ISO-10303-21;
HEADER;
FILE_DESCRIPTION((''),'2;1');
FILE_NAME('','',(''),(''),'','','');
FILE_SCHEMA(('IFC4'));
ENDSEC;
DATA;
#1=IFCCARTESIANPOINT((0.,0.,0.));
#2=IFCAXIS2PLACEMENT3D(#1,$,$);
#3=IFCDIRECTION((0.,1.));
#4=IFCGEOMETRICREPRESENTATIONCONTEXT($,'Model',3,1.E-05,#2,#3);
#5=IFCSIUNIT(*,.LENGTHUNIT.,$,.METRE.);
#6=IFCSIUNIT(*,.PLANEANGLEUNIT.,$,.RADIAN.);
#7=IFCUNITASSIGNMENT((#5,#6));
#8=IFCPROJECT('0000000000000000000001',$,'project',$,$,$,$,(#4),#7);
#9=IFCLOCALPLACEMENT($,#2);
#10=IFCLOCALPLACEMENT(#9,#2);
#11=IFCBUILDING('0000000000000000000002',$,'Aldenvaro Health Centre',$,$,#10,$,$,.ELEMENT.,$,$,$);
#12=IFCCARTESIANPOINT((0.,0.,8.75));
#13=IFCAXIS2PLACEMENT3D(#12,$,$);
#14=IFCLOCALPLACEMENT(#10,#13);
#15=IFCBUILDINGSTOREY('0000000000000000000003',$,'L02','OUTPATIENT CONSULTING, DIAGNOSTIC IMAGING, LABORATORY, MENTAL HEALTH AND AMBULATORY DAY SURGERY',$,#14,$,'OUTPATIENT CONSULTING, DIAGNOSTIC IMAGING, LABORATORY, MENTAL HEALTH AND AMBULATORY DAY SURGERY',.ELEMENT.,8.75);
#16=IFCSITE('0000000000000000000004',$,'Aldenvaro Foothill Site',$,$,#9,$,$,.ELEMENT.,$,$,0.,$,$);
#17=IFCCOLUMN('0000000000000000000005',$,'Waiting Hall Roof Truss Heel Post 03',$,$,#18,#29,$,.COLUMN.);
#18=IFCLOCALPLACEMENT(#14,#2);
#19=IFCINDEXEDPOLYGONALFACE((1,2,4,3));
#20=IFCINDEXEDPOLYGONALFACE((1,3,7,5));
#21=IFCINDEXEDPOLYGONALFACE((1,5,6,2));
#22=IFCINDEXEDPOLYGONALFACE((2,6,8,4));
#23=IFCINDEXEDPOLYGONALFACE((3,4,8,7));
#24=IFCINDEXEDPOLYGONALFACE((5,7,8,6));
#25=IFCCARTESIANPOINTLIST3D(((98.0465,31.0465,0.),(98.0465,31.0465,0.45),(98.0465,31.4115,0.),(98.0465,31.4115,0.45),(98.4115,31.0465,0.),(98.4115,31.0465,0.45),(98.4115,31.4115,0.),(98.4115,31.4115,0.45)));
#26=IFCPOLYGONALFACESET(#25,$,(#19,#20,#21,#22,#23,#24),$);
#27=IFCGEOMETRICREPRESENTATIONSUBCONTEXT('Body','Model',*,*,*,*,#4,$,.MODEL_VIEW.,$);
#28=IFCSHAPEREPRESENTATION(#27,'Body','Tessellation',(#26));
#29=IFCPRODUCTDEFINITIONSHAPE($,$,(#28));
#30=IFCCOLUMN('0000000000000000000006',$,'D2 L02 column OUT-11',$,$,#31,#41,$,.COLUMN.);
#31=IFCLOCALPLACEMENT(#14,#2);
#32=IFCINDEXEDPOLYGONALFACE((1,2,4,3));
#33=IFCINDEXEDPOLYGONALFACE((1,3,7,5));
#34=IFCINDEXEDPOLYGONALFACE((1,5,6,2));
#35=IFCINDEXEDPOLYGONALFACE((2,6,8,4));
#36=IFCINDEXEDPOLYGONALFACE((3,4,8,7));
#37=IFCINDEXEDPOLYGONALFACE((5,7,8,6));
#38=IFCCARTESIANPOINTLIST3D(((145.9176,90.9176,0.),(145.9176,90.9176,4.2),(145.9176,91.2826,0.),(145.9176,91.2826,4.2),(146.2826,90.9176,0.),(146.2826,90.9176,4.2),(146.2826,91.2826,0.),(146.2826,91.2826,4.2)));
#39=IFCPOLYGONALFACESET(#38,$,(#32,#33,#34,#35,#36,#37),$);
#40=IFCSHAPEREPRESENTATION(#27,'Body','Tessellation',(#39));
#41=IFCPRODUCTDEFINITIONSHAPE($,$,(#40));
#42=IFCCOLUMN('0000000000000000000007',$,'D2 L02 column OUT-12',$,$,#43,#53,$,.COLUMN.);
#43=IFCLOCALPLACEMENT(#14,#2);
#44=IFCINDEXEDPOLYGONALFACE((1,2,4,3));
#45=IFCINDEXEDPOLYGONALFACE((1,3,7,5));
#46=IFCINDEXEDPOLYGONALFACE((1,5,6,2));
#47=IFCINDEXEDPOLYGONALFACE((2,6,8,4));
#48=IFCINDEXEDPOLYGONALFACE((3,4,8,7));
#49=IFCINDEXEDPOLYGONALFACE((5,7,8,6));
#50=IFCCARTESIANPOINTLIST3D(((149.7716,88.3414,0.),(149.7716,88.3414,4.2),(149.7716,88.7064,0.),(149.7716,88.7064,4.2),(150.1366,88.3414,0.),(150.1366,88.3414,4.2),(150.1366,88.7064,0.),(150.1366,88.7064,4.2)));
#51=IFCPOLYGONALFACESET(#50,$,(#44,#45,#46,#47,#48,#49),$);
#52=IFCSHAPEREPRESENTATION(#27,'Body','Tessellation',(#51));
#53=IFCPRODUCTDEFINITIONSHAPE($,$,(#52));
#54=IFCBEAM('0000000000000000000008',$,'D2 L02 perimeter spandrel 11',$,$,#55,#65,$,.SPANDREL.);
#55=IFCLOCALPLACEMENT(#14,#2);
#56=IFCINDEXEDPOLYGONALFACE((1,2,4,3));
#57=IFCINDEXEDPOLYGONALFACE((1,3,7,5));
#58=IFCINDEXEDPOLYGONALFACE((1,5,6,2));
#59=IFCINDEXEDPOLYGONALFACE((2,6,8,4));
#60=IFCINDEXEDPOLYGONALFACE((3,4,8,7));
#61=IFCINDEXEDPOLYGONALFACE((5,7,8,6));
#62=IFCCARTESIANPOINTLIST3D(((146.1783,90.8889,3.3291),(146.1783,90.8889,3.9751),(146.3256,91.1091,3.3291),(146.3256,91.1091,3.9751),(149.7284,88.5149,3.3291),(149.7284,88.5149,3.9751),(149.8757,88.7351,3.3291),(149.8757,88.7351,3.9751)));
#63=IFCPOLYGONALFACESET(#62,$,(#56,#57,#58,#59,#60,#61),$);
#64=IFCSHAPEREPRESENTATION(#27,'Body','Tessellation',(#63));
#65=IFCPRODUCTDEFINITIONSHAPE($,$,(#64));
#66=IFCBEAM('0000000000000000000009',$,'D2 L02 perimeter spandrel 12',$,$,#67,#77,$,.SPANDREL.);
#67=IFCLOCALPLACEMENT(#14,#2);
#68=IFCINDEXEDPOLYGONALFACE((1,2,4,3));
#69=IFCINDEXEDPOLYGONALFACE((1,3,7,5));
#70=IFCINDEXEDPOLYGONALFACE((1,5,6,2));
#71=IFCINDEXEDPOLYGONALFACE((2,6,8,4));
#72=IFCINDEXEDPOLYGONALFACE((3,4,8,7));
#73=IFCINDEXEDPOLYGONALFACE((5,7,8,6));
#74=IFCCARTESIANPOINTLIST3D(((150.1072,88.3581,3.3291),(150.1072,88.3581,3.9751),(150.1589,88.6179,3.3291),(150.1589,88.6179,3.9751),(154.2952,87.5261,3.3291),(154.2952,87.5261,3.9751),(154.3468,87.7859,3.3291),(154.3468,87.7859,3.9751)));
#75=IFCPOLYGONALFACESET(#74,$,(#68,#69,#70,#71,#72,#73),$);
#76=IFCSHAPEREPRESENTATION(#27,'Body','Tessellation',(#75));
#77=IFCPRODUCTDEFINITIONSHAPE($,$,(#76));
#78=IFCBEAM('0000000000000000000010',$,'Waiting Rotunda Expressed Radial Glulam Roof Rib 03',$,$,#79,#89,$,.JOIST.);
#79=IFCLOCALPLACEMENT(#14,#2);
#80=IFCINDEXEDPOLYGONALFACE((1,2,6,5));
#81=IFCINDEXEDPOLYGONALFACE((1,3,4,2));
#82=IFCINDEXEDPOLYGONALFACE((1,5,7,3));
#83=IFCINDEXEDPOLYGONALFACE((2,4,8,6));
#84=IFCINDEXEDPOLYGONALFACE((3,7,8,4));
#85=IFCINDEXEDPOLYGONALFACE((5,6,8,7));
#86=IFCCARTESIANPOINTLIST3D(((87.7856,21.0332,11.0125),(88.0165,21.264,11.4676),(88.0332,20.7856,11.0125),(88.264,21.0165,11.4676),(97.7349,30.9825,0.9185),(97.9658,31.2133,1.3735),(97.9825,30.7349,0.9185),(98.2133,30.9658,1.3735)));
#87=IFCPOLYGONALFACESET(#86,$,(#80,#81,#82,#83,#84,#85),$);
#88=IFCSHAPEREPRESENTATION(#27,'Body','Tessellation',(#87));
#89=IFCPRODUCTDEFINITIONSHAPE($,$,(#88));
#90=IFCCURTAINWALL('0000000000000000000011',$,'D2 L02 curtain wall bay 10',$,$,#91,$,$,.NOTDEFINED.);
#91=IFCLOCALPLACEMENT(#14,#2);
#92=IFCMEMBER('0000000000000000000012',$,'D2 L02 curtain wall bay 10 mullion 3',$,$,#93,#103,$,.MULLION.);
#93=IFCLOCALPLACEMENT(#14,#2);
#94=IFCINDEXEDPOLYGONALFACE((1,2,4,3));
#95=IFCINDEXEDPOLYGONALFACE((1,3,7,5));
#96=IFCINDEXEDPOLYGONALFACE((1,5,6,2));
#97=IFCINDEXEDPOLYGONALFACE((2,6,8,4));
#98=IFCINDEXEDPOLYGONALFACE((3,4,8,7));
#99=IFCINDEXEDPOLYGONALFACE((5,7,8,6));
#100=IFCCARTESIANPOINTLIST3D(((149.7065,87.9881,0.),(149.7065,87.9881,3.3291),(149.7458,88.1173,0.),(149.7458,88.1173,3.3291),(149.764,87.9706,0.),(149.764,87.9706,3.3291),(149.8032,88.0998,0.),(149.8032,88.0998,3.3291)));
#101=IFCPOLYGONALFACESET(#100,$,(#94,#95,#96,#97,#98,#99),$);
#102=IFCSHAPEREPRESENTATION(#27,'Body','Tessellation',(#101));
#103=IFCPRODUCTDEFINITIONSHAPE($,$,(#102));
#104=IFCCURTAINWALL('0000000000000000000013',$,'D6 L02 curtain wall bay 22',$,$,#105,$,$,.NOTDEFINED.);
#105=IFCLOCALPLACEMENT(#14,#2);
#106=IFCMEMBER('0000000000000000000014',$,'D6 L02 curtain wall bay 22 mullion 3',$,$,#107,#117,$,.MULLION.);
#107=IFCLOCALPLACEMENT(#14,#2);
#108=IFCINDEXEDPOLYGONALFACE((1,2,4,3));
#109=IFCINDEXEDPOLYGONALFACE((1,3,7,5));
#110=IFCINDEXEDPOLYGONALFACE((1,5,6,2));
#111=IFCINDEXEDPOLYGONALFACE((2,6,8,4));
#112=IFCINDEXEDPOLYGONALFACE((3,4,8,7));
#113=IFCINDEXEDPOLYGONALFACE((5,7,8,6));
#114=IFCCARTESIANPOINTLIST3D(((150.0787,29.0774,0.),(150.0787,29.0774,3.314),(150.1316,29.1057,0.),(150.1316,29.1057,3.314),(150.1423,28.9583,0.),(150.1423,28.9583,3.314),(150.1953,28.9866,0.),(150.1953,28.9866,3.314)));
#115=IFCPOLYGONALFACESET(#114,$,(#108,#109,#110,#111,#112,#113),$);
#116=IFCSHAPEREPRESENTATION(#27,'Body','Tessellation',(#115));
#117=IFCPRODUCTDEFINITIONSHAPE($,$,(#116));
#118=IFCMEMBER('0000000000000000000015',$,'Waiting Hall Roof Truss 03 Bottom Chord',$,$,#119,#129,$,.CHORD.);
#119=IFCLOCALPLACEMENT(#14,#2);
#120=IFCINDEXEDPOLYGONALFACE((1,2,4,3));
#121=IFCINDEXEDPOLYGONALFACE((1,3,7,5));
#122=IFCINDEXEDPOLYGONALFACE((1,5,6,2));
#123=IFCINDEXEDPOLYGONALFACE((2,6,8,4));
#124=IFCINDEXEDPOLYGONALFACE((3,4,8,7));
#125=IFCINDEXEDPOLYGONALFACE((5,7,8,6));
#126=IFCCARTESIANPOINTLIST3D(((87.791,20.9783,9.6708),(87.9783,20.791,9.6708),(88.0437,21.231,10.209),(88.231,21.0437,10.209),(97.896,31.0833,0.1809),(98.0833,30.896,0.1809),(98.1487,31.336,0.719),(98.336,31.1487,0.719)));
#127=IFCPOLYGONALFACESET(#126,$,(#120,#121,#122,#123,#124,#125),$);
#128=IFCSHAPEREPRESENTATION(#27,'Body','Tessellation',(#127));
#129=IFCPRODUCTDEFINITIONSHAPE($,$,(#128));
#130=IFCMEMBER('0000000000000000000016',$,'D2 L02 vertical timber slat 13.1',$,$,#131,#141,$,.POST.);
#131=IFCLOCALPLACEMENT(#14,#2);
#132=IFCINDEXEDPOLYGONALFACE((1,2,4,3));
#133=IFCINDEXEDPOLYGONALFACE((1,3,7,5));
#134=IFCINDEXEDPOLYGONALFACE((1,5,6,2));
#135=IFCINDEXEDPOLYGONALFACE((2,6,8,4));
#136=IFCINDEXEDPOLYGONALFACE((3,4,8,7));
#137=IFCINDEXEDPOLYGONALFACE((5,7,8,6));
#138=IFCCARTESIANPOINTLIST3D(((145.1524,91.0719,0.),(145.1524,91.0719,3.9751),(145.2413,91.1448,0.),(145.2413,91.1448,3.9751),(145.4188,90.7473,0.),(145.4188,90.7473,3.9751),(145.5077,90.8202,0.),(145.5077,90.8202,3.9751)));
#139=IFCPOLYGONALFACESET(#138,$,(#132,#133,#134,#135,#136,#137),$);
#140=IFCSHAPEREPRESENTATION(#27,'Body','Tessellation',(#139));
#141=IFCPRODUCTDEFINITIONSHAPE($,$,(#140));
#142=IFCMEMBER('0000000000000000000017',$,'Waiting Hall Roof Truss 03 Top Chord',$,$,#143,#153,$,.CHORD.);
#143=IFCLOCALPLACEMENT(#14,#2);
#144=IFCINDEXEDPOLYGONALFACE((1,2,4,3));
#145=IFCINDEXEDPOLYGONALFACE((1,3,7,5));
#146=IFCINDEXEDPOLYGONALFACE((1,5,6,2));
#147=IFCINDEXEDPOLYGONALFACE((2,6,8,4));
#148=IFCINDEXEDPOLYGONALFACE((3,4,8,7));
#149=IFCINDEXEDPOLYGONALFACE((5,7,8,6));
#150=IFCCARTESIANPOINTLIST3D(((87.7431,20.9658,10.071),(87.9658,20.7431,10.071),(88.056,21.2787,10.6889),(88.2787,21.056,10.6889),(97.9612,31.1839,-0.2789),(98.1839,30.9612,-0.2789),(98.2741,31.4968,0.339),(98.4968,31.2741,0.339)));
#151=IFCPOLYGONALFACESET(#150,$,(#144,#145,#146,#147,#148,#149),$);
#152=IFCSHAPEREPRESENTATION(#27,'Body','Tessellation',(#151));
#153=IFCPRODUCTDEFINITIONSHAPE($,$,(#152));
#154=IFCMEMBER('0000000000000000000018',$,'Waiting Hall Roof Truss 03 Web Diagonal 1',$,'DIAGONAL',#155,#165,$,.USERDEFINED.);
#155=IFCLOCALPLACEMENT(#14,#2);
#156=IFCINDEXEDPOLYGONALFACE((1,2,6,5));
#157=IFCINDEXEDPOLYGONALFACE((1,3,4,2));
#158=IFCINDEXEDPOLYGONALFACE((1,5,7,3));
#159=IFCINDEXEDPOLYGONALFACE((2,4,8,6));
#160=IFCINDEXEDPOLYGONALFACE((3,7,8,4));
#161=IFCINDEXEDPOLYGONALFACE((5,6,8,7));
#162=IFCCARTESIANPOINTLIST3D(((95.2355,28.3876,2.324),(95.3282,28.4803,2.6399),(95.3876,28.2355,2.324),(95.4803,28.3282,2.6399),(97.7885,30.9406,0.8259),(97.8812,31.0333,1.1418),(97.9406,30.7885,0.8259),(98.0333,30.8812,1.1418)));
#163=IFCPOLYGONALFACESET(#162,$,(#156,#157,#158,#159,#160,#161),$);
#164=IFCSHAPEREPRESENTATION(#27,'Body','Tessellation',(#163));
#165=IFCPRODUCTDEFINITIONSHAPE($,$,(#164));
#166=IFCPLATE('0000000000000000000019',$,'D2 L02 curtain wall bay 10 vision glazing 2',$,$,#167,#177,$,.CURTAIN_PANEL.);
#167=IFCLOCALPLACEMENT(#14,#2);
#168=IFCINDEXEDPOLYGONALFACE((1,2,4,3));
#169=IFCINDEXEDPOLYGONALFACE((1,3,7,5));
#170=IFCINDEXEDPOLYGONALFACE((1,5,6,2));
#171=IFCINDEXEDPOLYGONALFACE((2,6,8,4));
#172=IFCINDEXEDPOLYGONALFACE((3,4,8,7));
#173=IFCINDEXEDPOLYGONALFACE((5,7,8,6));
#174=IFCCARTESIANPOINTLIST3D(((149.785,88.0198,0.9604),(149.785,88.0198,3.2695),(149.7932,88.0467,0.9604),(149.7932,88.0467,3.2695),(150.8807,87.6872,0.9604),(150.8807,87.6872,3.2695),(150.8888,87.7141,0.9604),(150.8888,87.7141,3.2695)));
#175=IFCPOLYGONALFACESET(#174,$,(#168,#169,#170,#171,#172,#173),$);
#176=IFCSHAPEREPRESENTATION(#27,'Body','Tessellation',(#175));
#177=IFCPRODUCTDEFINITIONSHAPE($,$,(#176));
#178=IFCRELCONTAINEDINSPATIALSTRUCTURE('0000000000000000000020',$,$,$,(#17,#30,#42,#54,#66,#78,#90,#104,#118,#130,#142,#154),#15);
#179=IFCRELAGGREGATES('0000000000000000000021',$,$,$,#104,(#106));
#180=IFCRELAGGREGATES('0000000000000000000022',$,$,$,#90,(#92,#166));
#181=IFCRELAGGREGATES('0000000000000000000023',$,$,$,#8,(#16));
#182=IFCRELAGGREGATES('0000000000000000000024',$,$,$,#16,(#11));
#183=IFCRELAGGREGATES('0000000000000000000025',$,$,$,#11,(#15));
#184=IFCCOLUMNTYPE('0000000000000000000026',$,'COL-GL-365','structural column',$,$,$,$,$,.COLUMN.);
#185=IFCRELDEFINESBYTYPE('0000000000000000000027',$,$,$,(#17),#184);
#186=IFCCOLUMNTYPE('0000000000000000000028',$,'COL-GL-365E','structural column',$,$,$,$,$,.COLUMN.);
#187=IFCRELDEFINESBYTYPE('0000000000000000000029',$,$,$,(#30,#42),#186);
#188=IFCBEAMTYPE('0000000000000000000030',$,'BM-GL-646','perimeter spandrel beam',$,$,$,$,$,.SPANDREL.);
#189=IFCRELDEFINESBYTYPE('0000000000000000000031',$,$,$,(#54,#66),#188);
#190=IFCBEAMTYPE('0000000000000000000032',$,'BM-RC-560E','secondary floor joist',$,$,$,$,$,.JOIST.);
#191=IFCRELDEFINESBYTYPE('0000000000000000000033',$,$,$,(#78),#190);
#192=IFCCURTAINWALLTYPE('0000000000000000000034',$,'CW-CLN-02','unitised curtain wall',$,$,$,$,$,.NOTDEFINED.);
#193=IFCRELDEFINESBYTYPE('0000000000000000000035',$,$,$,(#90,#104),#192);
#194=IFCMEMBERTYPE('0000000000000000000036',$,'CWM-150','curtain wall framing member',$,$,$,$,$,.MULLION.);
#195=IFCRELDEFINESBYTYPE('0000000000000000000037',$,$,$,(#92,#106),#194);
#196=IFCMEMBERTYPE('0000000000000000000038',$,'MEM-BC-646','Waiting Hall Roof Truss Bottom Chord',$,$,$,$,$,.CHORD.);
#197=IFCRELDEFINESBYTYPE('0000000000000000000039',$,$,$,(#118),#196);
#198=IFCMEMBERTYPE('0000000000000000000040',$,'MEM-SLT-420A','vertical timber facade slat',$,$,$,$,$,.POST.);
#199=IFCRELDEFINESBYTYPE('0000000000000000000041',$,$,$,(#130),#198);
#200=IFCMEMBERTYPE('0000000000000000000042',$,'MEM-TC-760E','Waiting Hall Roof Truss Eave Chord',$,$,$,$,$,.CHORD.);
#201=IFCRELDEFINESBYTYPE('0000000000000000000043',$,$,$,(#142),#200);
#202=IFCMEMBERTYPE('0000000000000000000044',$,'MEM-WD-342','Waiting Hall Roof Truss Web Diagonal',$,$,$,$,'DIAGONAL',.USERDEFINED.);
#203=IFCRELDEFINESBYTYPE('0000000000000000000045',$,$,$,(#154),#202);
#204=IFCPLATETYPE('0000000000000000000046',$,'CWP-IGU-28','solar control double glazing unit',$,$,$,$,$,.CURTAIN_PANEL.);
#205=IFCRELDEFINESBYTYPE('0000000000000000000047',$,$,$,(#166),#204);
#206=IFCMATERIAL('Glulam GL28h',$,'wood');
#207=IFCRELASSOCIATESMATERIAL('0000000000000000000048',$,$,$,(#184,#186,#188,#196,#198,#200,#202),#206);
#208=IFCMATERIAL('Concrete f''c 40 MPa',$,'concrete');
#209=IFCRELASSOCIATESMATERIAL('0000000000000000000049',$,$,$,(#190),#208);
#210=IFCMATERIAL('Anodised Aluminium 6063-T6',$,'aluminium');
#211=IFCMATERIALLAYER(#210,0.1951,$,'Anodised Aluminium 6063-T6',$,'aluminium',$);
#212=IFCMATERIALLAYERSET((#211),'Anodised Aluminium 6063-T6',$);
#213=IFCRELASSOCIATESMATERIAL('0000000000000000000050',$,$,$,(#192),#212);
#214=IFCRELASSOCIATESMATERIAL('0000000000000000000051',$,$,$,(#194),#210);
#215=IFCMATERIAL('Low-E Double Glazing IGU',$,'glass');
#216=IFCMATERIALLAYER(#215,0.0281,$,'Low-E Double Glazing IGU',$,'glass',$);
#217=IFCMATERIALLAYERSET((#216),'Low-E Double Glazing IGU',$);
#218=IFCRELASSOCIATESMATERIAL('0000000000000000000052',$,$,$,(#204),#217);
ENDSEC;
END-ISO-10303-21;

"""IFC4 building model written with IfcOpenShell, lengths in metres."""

from ifc_helpers import new_model, si_unit, direction, frame, origin, origin_2d, place, context, subcontext, project, spatial, rectangle, extrude, material, layer, layer_set, material_profile, profile_set, type_object, element, aggregate, save


model = new_model("IFC4")

# Units and contexts
model_context = context("Model", 3, precision=1e-05, world=origin(), true_north=direction((0.0, 1.0)))
body_context = subcontext(model_context, "Body", "Model", "MODEL_VIEW")
ifc_project = project(units=[si_unit("LENGTHUNIT", "METRE"), si_unit("PLANEANGLEUNIT", "RADIAN")], contexts=[model_context])

# Site, building, storey
site_placement = place(None, origin())
site = spatial("IfcSite", under=ifc_project, at=site_placement, Name="Aldenvaro Foothill Site", CompositionType="ELEMENT", RefElevation=0.0)
building_placement = place(site_placement, origin())
building = spatial("IfcBuilding", under=site, at=building_placement, Name="Aldenvaro Health Centre", CompositionType="ELEMENT")
storey_placement = place(building_placement, frame((0.0, 0.0, 8.75)))
storey = spatial("IfcBuildingStorey", under=building, at=storey_placement, Name="L02", Description="OUTPATIENT CONSULTING, DIAGNOSTIC IMAGING, LABORATORY, MENTAL HEALTH AND AMBULATORY DAY SURGERY", LongName="OUTPATIENT CONSULTING, DIAGNOSTIC IMAGING, LABORATORY, MENTAL HEALTH AND AMBULATORY DAY SURGERY", CompositionType="ELEMENT", Elevation=8.75)

# Columns
ifc_material_1 = material(Name="Glulam GL28h", Category="wood")
ifc_material_profile_1 = material_profile(ifc_material_1, rectangle(XDim=0.365, YDim=0.365, at=origin_2d()), Name="GL 365x365", Category="wood")
ifc_profile_set_1 = profile_set([ifc_material_profile_1], Name="Glulam GL28h")
column_type_1 = type_object("IfcColumnType", Name="COL-GL-365", Description="structural column", PredefinedType="COLUMN", material=ifc_profile_set_1)
column_placement = place(storey_placement, frame((98.229, 31.229, 0.0), z_axis=(0.0, 0.0, 1.0), x_axis=(1.0, 0.0, 0.0)))
element("IfcColumn", 1, at=column_placement, inside=storey, type_object=column_type_1, Name="Waiting Hall Roof Truss Heel Post 03", PredefinedType="COLUMN", context=body_context, shape_type="SweptSolid", body=[
    extrude(rectangle(XDim=0.365, YDim=0.365, at=origin_2d()), origin(), (0.0, 0.0, 1.0), 0.45),
])
ifc_material_profile_2 = material_profile(ifc_material_1, rectangle(XDim=0.365, YDim=0.365, at=origin_2d()), Name="GL 365x365", Category="wood")
ifc_profile_set_2 = profile_set([ifc_material_profile_2], Name="Glulam GL28h")
column_type_2 = type_object("IfcColumnType", Name="COL-GL-365E", Description="structural column", PredefinedType="COLUMN", material=ifc_profile_set_2)
for number, where, z_axis, x_axis, name in (
    (2, (146.1001, 91.1001, 0.0), (0.0, 0.0, 1.0), (1.0, 0.0, 0.0), "D2 L02 column OUT-11"),
    (3, (149.9541, 88.5239, 0.0), (0.0, 0.0, 1.0), (1.0, 0.0, 0.0), "D2 L02 column OUT-12"),
):
    element("IfcColumn", number, at=place(storey_placement, frame(where, z_axis=z_axis, x_axis=x_axis)), inside=storey, type_object=column_type_2, Name=name, PredefinedType="COLUMN", context=body_context, shape_type="SweptSolid", body=[
        extrude(rectangle(XDim=0.365, YDim=0.365, at=origin_2d()), origin(), (0.0, 0.0, 1.0), 4.2),
    ])

# Beams
ifc_material_profile_3 = material_profile(ifc_material_1, rectangle(XDim=0.2649, YDim=0.646, at=origin_2d()), Name="GL 265x646", Category="wood")
ifc_profile_set_3 = profile_set([ifc_material_profile_3], Name="Glulam GL28h")
beam_type_1 = type_object("IfcBeamType", Name="BM-GL-646", Description="perimeter spandrel beam", PredefinedType="SPANDREL", material=ifc_profile_set_3)
beam_1_placement = place(storey_placement, frame((146.252, 90.999, 3.6521), z_axis=(0.831258, -0.555887, 0.0), x_axis=(0.555887, 0.831258, 0.0)))
element("IfcBeam", 4, at=beam_1_placement, inside=storey, type_object=beam_type_1, Name="D2 L02 perimeter spandrel 11", PredefinedType="SPANDREL", context=body_context, shape_type="SweptSolid", body=[
    extrude(rectangle(XDim=0.2649, YDim=0.646, at=origin_2d()), origin(), (0.0, 0.0, 1.0), 4.2708),
])
beam_2_placement = place(storey_placement, frame((150.1331, 88.488, 3.6521), z_axis=(0.980831, -0.194862, 0.0), x_axis=(0.194862, 0.980831, 0.0)))
element("IfcBeam", 5, at=beam_2_placement, inside=storey, type_object=beam_type_1, Name="D2 L02 perimeter spandrel 12", PredefinedType="SPANDREL", context=body_context, shape_type="SweptSolid", body=[
    extrude(rectangle(XDim=0.2649, YDim=0.646, at=origin_2d()), origin(), (0.0, 0.0, 1.0), 4.2698),
])
ifc_material_2 = material(Name="Concrete f'c 40 MPa", Category="concrete")
ifc_material_profile_4 = material_profile(ifc_material_2, rectangle(XDim=0.3501, YDim=0.5601, at=origin_2d()), Name="RC 350x560", Category="concrete")
ifc_profile_set_4 = profile_set([ifc_material_profile_4], Name="Concrete f'c 40 MPa")
beam_type_2 = type_object("IfcBeamType", Name="BM-RC-560E", Description="secondary floor joist", PredefinedType="JOIST", material=ifc_profile_set_4)
beam_3_placement = place(storey_placement, frame((97.9741, 30.9741, 1.146), z_axis=(-0.57455, -0.57455, 0.582911), x_axis=(0.707107, -0.707107, 0.0)))
element("IfcBeam", 6, at=beam_3_placement, inside=storey, type_object=beam_type_2, Name="Waiting Rotunda Expressed Radial Glulam Roof Rib 03", PredefinedType="JOIST", context=body_context, shape_type="SweptSolid", body=[
    extrude(rectangle(XDim=0.3501, YDim=0.5601, at=origin_2d()), origin(), (0.0, 0.0, 1.0), 17.3167),
])

# Curtain walls, members
ifc_material_3 = material(Name="Anodised Aluminium 6063-T6", Category="aluminium")
ifc_layer_1 = layer(ifc_material_3, 0.1951, Name="Anodised Aluminium 6063-T6", Category="aluminium")
ifc_layer_set_1 = layer_set([ifc_layer_1], Name="Anodised Aluminium 6063-T6")
curtain_wall_type = type_object("IfcCurtainWallType", Name="CW-CLN-02", Description="unitised curtain wall", PredefinedType="NOTDEFINED", material=ifc_layer_set_1)
curtain_wall_1_placement = place(storey_placement, origin())
curtain_wall_1 = element("IfcCurtainWall", 7, at=curtain_wall_1_placement, inside=storey, type_object=curtain_wall_type, Name="D2 L02 curtain wall bay 10", PredefinedType="NOTDEFINED")
ifc_material_profile_5 = material_profile(ifc_material_3, rectangle(XDim=0.0601, YDim=0.135, at=origin_2d()), Name="ALU 60x135", Category="aluminium")
ifc_profile_set_5 = profile_set([ifc_material_profile_5], Name="Anodised Aluminium 6063-T6")
member_type_1 = type_object("IfcMemberType", Name="CWM-150", Description="curtain wall framing member", PredefinedType="MULLION", material=ifc_profile_set_5)
member_1_placement = place(storey_placement, frame((149.7549, 88.0439, 0.0), z_axis=(0.0, 0.0, 1.0), x_axis=(-0.956893, 0.290441, 0.0)))
member_1 = element("IfcMember", 8, at=member_1_placement, type_object=member_type_1, Name="D2 L02 curtain wall bay 10 mullion 3", PredefinedType="MULLION", context=body_context, shape_type="SweptSolid", body=[
    extrude(rectangle(XDim=0.0601, YDim=0.135, at=origin_2d()), origin(), (0.0, 0.0, 1.0), 3.3291),
])
curtain_wall_2_placement = place(storey_placement, origin())
curtain_wall_2 = element("IfcCurtainWall", 9, at=curtain_wall_2_placement, inside=storey, type_object=curtain_wall_type, Name="D6 L02 curtain wall bay 22", PredefinedType="NOTDEFINED")
member_2_placement = place(storey_placement, frame((150.137, 29.032, 0.0), z_axis=(0.0, 0.0, 1.0), x_axis=(0.882018, 0.471215, 0.0)))
member_2 = element("IfcMember", 10, at=member_2_placement, type_object=member_type_1, Name="D6 L02 curtain wall bay 22 mullion 3", PredefinedType="MULLION", context=body_context, shape_type="SweptSolid", body=[
    extrude(rectangle(XDim=0.0601, YDim=0.135, at=origin_2d()), origin(), (0.0, 0.0, 1.0), 3.314),
])
aggregate(curtain_wall_2, [member_2])

# Members
ifc_material_profile_6 = material_profile(ifc_material_1, rectangle(XDim=0.2649, YDim=0.646, at=origin_2d()), Name="GL 265x646", Category="wood")
ifc_profile_set_6 = profile_set([ifc_material_profile_6], Name="Glulam GL28h")
member_type_2 = type_object("IfcMemberType", Name="MEM-BC-646", Description="Waiting Hall Roof Truss Bottom Chord", PredefinedType="CHORD", material=ifc_profile_set_6)
member_3_placement = place(storey_placement, frame((98.116, 31.116, 0.45), z_axis=(-0.589053, -0.589053, 0.553203), x_axis=(0.707107, -0.707107, 0.0)))
element("IfcMember", 11, at=member_3_placement, inside=storey, type_object=member_type_2, Name="Waiting Hall Roof Truss 03 Bottom Chord", PredefinedType="CHORD", context=body_context, shape_type="SweptSolid", body=[
    extrude(rectangle(XDim=0.2649, YDim=0.646, at=origin_2d()), origin(), (0.0, 0.0, 1.0), 17.1545),
])
ifc_material_profile_7 = material_profile(ifc_material_1, rectangle(XDim=0.115, YDim=0.4199, at=origin_2d()), Name="GL 115x420", Category="wood")
ifc_profile_set_7 = profile_set([ifc_material_profile_7], Name="Glulam GL28h")
member_type_3 = type_object("IfcMemberType", Name="MEM-SLT-420A", Description="vertical timber facade slat", PredefinedType="POST", material=ifc_profile_set_7)
member_4_placement = place(storey_placement, frame((145.3301, 90.946, 0.0), z_axis=(0.0, 0.0, 1.0), x_axis=(-0.773022, -0.63438, 0.0)))
element("IfcMember", 12, at=member_4_placement, inside=storey, type_object=member_type_3, Name="D2 L02 vertical timber slat 13.1", PredefinedType="POST", context=body_context, shape_type="SweptSolid", body=[
    extrude(rectangle(XDim=0.115, YDim=0.4199, at=origin_2d()), origin(), (0.0, 0.0, 1.0), 3.9751),
])
ifc_material_profile_8 = material_profile(ifc_material_1, rectangle(XDim=0.3149, YDim=0.76, at=origin_2d()), Name="GL 315x760", Category="wood")
ifc_profile_set_8 = profile_set([ifc_material_profile_8], Name="Glulam GL28h")
member_type_4 = type_object("IfcMemberType", Name="MEM-TC-760E", Description="Waiting Hall Roof Truss Eave Chord", PredefinedType="CHORD", material=ifc_profile_set_8)
member_5_placement = place(storey_placement, frame((98.229, 31.229, 0.03), z_axis=(-0.574867, -0.574867, 0.582284), x_axis=(0.707107, -0.707107, 0.0)))
element("IfcMember", 13, at=member_5_placement, inside=storey, type_object=member_type_4, Name="Waiting Hall Roof Truss 03 Top Chord", PredefinedType="CHORD", context=body_context, shape_type="SweptSolid", body=[
    extrude(rectangle(XDim=0.3149, YDim=0.76, at=origin_2d()), origin(), (0.0, 0.0, 1.0), 17.7747),
])
ifc_material_profile_9 = material_profile(ifc_material_1, rectangle(XDim=0.2151, YDim=0.342, at=origin_2d()), Name="GL 215x342", Category="wood")
ifc_profile_set_9 = profile_set([ifc_material_profile_9], Name="Glulam GL28h")
member_type_5 = type_object("IfcMemberType", Name="MEM-WD-342", Description="Waiting Hall Roof Truss Web Diagonal", ElementType="DIAGONAL", PredefinedType="USERDEFINED", material=ifc_profile_set_9)
member_6_placement = place(storey_placement, frame((97.9109, 30.9109, 0.9839), z_axis=(-0.653118, -0.653118, 0.383239), x_axis=(0.707107, -0.707107, 0.0)))
element("IfcMember", 14, at=member_6_placement, inside=storey, type_object=member_type_5, Name="Waiting Hall Roof Truss 03 Web Diagonal 1", ObjectType="DIAGONAL", PredefinedType="USERDEFINED", context=body_context, shape_type="SweptSolid", body=[
    extrude(rectangle(XDim=0.2151, YDim=0.342, at=origin_2d()), origin(), (0.0, 0.0, 1.0), 3.9089),
])

# Plate
ifc_material_4 = material(Name="Low-E Double Glazing IGU", Category="glass")
ifc_layer_2 = layer(ifc_material_4, 0.0281, Name="Low-E Double Glazing IGU", Category="glass")
ifc_layer_set_2 = layer_set([ifc_layer_2], Name="Low-E Double Glazing IGU")
plate_type_1 = type_object("IfcPlateType", Name="CWP-IGU-28", Description="solar control double glazing unit", PredefinedType="CURTAIN_PANEL", material=ifc_layer_set_2)
plate_1_placement = place(storey_placement, frame((150.3369, 87.8669, 0.9604), z_axis=(0.0, 0.0, 1.0), x_axis=(-0.956893, 0.290441, 0.0)))
plate_1 = element("IfcPlate", 15, at=plate_1_placement, type_object=plate_type_1, Name="D2 L02 curtain wall bay 10 vision glazing 2", PredefinedType="CURTAIN_PANEL", context=body_context, shape_type="SweptSolid", body=[
    extrude(rectangle(XDim=1.145, YDim=0.0281, at=origin_2d()), origin(), (0.0, 0.0, 1.0), 2.3091),
])
aggregate(curtain_wall_1, [member_1, plate_1])

save(model, "model.ifc")
